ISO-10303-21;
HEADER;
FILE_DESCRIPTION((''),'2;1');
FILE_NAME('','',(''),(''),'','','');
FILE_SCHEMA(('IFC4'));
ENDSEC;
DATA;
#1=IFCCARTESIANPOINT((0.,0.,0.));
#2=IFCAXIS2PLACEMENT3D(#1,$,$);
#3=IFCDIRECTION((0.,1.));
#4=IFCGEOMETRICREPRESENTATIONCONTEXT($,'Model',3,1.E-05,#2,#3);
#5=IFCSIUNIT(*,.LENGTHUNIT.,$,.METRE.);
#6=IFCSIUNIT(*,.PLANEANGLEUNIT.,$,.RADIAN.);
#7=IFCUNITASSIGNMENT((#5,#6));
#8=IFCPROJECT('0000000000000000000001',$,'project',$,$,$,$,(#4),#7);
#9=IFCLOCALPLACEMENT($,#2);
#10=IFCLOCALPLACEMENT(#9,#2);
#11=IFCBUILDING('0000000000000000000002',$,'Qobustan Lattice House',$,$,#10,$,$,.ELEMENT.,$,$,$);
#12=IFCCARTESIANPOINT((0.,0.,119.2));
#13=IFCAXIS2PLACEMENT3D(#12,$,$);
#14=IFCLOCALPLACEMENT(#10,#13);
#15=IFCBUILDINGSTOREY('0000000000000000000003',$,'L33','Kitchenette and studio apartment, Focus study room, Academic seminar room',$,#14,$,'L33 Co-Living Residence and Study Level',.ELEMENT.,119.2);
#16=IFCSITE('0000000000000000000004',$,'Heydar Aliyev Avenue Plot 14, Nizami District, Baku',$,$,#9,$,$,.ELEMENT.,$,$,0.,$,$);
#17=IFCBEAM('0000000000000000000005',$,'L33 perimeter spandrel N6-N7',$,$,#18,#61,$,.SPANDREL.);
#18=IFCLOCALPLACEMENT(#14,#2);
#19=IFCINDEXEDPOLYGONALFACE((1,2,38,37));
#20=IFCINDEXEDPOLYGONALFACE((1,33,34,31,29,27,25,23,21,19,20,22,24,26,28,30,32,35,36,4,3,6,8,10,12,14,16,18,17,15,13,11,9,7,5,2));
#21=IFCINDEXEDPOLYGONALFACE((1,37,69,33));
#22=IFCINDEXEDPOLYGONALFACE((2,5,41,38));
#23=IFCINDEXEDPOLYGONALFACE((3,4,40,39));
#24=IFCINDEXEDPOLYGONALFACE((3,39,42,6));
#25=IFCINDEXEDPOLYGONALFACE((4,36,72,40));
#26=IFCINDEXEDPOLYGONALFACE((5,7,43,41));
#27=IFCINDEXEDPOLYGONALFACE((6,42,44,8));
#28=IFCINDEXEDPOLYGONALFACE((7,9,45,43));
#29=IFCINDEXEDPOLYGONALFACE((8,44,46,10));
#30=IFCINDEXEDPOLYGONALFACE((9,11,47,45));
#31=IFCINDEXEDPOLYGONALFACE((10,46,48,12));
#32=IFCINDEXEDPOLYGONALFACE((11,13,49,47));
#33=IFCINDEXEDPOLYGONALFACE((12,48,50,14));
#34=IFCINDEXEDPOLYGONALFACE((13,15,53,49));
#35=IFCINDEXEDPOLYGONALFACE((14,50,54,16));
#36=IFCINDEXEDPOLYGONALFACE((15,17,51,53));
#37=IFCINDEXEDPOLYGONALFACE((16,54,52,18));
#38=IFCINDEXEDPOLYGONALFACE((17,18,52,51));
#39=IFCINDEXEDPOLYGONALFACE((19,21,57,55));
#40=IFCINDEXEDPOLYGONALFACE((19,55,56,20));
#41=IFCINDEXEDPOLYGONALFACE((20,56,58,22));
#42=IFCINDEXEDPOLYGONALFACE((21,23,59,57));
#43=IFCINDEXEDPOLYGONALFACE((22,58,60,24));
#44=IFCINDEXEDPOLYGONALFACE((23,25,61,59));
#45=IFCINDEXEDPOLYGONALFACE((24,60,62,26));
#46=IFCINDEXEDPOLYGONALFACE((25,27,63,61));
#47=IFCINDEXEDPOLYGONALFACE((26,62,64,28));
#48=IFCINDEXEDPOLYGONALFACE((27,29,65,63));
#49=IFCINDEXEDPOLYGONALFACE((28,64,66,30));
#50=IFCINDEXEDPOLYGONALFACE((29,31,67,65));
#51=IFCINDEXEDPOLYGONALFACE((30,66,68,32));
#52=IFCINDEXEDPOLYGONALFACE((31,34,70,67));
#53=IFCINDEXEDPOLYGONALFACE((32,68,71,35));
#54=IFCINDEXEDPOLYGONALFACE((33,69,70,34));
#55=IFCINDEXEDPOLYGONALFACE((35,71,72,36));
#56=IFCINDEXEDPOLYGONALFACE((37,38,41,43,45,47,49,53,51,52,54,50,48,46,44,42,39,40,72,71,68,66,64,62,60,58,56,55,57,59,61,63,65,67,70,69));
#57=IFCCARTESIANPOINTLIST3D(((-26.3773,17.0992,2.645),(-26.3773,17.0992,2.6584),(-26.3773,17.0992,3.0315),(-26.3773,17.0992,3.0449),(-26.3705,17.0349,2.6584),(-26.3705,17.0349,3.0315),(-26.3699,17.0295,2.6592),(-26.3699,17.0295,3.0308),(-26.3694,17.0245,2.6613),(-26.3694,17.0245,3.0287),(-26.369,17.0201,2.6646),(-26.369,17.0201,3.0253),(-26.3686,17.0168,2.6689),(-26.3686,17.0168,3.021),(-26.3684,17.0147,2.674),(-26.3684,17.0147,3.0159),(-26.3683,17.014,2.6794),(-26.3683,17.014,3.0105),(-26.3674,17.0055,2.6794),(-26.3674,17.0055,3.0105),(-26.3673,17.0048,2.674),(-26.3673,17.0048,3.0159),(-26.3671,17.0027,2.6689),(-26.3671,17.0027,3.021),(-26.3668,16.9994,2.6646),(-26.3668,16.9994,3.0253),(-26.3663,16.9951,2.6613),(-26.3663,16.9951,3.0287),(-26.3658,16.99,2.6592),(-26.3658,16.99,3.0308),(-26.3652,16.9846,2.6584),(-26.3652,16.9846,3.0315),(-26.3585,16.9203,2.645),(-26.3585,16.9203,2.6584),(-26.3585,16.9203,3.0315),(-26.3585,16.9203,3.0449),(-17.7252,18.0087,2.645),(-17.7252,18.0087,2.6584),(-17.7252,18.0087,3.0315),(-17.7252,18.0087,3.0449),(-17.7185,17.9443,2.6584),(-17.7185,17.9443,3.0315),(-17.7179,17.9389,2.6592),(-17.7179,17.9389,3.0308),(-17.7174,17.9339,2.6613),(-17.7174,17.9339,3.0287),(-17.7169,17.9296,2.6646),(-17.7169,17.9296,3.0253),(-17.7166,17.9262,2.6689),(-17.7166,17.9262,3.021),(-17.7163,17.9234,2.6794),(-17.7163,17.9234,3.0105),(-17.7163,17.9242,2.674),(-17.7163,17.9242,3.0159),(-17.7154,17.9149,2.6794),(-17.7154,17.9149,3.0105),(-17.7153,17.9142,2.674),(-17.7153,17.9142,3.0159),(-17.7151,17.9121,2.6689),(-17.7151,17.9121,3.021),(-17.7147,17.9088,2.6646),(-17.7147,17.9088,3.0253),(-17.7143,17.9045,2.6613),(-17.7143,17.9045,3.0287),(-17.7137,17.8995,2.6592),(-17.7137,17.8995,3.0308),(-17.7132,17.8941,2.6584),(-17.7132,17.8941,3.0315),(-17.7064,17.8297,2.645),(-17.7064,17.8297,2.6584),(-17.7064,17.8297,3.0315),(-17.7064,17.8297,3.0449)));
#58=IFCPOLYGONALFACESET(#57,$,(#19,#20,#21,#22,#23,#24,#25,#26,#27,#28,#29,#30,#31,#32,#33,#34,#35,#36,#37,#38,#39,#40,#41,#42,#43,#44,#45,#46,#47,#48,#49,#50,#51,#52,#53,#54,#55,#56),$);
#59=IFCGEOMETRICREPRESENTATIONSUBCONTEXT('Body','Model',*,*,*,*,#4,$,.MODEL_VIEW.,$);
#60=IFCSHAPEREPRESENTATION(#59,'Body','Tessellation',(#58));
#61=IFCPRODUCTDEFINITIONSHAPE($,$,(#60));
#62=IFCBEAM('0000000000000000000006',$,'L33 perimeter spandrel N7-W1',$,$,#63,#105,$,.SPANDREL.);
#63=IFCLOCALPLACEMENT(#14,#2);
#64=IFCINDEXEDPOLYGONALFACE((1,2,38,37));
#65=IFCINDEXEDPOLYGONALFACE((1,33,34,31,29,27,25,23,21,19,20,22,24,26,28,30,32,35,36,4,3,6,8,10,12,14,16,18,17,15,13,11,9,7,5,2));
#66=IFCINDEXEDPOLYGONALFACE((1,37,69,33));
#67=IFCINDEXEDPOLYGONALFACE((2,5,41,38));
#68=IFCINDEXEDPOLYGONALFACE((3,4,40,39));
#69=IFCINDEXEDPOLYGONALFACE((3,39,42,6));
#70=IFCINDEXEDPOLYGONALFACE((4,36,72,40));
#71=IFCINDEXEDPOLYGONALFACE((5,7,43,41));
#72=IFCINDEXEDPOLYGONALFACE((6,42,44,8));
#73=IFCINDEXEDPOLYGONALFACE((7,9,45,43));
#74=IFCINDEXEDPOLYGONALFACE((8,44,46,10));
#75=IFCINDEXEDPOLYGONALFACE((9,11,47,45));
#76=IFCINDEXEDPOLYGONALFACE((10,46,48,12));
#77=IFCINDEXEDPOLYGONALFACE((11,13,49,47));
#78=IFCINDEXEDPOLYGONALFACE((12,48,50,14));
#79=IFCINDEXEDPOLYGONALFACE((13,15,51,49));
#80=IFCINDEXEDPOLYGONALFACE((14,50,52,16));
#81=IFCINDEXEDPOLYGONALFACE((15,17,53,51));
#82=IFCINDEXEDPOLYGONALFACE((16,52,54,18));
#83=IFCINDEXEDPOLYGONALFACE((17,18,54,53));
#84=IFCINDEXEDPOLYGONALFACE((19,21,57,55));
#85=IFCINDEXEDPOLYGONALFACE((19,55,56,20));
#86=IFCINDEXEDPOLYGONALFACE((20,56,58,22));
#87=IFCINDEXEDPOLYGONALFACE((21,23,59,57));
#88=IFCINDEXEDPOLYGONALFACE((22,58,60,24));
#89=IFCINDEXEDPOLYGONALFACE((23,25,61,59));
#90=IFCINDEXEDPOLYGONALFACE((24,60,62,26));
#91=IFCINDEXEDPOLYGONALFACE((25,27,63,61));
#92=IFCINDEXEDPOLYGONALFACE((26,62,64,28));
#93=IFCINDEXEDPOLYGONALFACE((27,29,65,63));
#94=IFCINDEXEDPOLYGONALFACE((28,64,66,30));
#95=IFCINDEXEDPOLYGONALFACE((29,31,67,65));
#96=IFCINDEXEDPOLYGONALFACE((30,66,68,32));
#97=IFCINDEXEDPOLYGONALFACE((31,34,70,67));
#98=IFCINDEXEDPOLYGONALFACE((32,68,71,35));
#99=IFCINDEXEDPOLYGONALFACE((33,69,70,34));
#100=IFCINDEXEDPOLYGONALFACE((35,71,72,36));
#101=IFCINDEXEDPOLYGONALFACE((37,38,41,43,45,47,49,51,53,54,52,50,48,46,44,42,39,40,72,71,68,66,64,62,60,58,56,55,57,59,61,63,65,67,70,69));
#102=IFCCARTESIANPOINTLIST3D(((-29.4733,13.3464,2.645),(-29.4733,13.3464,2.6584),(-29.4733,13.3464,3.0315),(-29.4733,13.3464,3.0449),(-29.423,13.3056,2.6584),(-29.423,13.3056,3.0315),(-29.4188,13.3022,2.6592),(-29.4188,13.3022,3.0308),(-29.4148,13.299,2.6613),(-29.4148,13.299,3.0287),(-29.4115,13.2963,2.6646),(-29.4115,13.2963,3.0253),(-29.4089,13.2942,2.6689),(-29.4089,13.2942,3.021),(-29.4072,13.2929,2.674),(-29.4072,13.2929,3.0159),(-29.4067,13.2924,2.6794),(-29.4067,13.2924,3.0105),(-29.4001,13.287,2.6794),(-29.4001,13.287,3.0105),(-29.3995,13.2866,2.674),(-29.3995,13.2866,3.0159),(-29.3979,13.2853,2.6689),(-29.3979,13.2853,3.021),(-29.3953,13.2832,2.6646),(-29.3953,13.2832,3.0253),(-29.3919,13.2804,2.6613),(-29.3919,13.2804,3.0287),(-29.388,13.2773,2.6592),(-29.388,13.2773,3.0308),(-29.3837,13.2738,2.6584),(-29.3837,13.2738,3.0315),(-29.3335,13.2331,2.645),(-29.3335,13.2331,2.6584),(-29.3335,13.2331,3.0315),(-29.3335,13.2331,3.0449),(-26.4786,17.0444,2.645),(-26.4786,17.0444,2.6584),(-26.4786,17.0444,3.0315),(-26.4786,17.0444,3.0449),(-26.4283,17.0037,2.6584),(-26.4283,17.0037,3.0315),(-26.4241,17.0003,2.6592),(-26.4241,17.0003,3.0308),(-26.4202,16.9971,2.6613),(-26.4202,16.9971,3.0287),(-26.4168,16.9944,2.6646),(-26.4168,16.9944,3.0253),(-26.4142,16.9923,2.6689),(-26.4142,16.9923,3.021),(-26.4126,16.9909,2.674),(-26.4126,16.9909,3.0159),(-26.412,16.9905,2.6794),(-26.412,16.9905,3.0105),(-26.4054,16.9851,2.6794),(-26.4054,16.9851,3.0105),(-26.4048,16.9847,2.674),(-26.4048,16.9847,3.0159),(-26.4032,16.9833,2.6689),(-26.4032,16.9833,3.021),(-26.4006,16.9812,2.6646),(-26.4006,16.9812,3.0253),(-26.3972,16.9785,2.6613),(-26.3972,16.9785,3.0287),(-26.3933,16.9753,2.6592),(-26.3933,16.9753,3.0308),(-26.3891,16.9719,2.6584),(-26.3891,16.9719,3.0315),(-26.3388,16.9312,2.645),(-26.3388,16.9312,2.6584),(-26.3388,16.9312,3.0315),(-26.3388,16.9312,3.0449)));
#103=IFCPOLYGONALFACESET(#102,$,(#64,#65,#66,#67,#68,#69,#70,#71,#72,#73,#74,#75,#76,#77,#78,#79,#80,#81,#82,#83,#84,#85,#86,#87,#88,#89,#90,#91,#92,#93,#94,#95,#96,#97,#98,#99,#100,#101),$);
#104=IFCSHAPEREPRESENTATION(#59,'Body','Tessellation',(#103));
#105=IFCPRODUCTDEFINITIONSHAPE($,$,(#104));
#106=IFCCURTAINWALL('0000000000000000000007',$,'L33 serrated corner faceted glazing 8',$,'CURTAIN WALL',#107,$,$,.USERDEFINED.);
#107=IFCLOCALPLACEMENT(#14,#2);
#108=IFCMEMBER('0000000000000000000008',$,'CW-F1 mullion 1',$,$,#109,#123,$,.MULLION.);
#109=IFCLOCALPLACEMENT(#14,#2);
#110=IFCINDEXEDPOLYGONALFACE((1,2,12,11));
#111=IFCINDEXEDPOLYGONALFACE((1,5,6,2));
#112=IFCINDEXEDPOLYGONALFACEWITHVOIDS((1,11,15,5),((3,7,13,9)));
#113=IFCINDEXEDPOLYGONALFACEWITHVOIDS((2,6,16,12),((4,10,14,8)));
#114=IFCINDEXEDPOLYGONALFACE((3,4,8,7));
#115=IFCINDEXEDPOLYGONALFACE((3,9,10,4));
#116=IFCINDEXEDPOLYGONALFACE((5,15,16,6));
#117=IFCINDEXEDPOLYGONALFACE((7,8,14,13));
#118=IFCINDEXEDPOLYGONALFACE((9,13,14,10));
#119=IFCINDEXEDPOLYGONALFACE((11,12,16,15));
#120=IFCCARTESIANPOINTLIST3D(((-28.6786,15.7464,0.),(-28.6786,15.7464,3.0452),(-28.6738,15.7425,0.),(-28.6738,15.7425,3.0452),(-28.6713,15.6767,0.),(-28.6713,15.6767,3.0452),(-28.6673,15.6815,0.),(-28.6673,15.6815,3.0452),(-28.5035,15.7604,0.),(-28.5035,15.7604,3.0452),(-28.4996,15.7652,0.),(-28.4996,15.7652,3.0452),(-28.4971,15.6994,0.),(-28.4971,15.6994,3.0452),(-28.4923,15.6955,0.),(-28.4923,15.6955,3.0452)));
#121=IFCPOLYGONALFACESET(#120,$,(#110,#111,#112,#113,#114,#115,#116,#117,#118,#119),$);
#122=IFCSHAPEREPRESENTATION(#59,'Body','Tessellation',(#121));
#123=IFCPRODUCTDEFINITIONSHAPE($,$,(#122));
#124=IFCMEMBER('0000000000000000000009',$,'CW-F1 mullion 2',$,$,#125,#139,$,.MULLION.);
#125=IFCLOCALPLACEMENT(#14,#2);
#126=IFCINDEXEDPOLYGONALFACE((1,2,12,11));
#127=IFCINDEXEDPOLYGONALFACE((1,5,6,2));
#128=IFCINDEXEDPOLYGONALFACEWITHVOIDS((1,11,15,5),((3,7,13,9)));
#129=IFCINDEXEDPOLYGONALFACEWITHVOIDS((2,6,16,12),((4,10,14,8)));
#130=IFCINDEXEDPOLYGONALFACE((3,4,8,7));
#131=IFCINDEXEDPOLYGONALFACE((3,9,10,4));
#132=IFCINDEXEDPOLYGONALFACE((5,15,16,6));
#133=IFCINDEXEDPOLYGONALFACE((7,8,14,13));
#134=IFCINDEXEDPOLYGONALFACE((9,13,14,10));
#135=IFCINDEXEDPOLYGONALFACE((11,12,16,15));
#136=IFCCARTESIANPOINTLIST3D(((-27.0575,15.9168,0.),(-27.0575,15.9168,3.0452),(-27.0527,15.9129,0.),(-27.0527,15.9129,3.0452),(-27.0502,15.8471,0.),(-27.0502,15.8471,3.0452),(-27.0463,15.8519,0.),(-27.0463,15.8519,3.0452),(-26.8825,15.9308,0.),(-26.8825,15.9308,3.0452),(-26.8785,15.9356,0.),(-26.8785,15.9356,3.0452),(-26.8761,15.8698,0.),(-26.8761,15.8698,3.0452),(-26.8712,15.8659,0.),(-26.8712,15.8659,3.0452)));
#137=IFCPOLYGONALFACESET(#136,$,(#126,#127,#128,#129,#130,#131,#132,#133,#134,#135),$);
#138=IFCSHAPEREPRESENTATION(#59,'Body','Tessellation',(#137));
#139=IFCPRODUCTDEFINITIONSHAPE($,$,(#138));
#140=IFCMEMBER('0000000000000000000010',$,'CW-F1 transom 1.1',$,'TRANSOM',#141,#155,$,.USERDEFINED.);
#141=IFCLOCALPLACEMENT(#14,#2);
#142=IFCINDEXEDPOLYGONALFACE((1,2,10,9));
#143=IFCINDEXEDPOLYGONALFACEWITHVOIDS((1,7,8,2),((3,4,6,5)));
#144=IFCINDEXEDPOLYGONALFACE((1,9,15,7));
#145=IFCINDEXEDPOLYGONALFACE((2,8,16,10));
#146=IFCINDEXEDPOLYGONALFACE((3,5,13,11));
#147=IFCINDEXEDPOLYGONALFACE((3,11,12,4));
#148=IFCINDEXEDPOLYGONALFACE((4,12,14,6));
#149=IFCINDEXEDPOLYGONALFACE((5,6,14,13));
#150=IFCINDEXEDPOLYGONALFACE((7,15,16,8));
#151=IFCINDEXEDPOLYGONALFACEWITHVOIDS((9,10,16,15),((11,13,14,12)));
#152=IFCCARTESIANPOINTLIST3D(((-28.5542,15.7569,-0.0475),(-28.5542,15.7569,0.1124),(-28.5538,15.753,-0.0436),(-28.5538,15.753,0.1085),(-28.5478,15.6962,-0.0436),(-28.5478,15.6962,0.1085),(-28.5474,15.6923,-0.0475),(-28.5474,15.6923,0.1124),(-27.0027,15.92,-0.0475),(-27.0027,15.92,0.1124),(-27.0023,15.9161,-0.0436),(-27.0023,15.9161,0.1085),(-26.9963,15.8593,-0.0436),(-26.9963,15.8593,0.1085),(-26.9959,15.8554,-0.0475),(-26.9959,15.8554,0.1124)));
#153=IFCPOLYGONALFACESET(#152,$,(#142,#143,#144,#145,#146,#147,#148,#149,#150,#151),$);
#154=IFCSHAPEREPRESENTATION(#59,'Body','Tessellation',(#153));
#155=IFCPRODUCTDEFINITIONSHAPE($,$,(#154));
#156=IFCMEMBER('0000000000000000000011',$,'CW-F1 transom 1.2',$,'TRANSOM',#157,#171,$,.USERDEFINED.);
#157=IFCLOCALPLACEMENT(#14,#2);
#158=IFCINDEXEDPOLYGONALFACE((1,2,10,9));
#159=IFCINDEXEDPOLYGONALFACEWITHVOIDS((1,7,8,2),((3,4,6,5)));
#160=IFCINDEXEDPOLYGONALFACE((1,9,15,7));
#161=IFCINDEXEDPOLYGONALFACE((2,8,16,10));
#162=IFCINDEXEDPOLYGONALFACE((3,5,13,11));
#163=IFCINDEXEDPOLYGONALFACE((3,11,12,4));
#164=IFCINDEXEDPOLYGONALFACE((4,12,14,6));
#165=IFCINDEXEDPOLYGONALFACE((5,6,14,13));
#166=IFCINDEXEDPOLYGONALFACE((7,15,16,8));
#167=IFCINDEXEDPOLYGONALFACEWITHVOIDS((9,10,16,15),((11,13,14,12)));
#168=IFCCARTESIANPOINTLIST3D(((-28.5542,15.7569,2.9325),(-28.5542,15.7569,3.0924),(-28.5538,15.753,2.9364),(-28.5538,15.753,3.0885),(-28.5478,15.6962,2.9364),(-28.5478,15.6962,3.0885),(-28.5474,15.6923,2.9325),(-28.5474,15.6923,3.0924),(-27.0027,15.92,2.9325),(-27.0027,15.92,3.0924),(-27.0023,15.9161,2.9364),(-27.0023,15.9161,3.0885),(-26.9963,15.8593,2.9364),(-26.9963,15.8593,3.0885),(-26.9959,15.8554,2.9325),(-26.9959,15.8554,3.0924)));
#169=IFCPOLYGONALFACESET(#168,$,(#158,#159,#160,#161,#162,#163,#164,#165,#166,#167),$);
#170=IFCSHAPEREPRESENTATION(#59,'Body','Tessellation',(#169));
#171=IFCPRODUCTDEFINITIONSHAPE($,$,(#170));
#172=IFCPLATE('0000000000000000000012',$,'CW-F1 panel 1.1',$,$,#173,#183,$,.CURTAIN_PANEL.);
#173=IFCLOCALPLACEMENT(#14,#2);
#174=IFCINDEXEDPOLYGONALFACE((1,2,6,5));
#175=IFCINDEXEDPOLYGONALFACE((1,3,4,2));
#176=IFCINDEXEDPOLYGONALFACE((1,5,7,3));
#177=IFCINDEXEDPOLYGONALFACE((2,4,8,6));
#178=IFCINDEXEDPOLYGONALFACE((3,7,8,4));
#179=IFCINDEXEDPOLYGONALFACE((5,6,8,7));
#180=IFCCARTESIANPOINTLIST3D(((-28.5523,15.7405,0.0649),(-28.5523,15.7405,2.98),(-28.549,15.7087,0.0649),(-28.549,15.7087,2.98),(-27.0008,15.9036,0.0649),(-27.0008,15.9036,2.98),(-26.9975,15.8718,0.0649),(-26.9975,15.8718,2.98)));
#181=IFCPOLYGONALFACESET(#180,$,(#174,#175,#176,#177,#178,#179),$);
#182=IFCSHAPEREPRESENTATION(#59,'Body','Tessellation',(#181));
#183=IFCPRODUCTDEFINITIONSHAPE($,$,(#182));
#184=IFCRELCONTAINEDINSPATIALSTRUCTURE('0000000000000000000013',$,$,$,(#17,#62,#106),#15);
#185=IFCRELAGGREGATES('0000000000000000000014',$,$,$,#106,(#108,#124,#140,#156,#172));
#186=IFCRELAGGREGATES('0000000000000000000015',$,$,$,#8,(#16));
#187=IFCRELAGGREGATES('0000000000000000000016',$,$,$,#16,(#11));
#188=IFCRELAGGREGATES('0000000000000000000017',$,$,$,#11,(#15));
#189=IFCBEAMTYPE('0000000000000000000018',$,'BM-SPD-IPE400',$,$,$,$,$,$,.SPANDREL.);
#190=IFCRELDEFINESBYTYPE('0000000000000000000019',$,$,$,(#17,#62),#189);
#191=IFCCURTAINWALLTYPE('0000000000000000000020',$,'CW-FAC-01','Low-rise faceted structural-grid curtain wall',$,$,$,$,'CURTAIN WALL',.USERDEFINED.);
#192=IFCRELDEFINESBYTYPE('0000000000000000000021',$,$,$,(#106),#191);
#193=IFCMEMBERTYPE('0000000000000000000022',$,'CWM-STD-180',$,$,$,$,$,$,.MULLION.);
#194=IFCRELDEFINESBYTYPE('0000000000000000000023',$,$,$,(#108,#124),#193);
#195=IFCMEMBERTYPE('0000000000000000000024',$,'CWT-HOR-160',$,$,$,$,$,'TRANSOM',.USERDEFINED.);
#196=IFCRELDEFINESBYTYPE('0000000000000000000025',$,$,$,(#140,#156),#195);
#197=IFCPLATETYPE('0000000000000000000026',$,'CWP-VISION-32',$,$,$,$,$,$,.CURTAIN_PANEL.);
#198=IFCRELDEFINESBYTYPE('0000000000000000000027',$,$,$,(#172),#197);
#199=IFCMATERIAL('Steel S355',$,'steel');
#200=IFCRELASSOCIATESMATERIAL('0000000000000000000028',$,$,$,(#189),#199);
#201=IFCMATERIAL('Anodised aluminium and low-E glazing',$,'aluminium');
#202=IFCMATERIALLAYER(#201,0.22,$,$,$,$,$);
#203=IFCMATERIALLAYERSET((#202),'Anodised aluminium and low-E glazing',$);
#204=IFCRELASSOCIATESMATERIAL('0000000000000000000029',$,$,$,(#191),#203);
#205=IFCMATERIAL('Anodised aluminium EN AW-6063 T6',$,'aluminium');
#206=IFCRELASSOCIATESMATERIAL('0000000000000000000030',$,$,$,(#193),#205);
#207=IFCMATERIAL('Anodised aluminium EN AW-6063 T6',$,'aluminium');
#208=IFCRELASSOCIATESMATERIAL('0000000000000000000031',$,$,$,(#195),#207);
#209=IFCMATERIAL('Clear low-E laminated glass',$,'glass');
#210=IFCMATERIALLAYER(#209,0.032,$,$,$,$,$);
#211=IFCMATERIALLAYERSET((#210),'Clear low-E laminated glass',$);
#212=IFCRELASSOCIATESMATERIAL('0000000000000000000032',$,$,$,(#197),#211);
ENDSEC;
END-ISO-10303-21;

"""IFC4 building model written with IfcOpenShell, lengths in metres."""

from ifc_helpers import new_model, si_unit, direction, frame, origin, origin_2d, place, context, subcontext, project, spatial, rectangle, hollow_rectangle, i_section, extrude, material, layer, layer_set, material_profile, profile_set, type_object, element, aggregate, save


model = new_model("IFC4")

# Units and contexts
model_context = context("Model", 3, precision=1e-05, world=origin(), true_north=direction((0.0, 1.0)))
body_context = subcontext(model_context, "Body", "Model", "MODEL_VIEW")
ifc_project = project(units=[si_unit("LENGTHUNIT", "METRE"), si_unit("PLANEANGLEUNIT", "RADIAN")], contexts=[model_context])

# Site, building, storey
site_placement = place(None, origin())
site = spatial("IfcSite", under=ifc_project, at=site_placement, Name="Heydar Aliyev Avenue Plot 14, Nizami District, Baku", CompositionType="ELEMENT", RefElevation=0.0)
building_placement = place(site_placement, origin())
building = spatial("IfcBuilding", under=site, at=building_placement, Name="Qobustan Lattice House", CompositionType="ELEMENT")
storey_placement = place(building_placement, frame((0.0, 0.0, 119.2)))
storey = spatial("IfcBuildingStorey", under=building, at=storey_placement, Name="L33", Description="Kitchenette and studio apartment, Focus study room, Academic seminar room", LongName="L33 Co-Living Residence and Study Level", CompositionType="ELEMENT", Elevation=119.2)

# Beams
ifc_material_1 = material(Name="Steel S355", Category="steel")
ifc_material_profile_1 = material_profile(ifc_material_1, i_section(OverallWidth=0.1799, OverallDepth=0.3999, WebThickness=0.0085, FlangeThickness=0.0134, FilletRadius=0.021, at=origin_2d()), Name="IPE400")
ifc_profile_set_1 = profile_set([ifc_material_profile_1], Name="Steel S355")
beam_type_1 = type_object("IfcBeamType", Name="BM-SPD-IPE400", PredefinedType="SPANDREL", material=ifc_profile_set_1)
beam_1_placement = place(storey_placement, frame((-17.7158, 17.9192, 2.845), z_axis=(-0.994521, -0.104534, 0.0), x_axis=(0.104534, -0.994521, 0.0)))
element("IfcBeam", 1, at=beam_1_placement, inside=storey, type_object=beam_type_1, Name="L33 perimeter spandrel N6-N7", PredefinedType="SPANDREL", context=body_context, shape_type="SweptSolid", body=[
    extrude(i_section(OverallWidth=0.1799, OverallDepth=0.3999, WebThickness=0.0085, FlangeThickness=0.0134, FilletRadius=0.021, at=origin_2d()), origin(), (0.0, 0.0, 1.0), 8.6997),
])
beam_2_placement = place(storey_placement, frame((-26.4087, 16.9878, 2.845), z_axis=(-0.629327, -0.777141, 0.0), x_axis=(0.777141, -0.629327, 0.0)))
element("IfcBeam", 2, at=beam_2_placement, inside=storey, type_object=beam_type_1, Name="L33 perimeter spandrel N7-W1", PredefinedType="SPANDREL", context=body_context, shape_type="SweptSolid", body=[
    extrude(i_section(OverallWidth=0.1799, OverallDepth=0.3999, WebThickness=0.0085, FlangeThickness=0.0134, FilletRadius=0.021, at=origin_2d()), origin(), (0.0, 0.0, 1.0), 4.7585),
])

# Curtain wall, members, plate
ifc_material_2 = material(Name="Anodised aluminium and low-E glazing", Category="aluminium")
ifc_layer_1 = layer(ifc_material_2, 0.22)
ifc_layer_set_1 = layer_set([ifc_layer_1], Name="Anodised aluminium and low-E glazing")
curtain_wall_type = type_object("IfcCurtainWallType", Name="CW-FAC-01", Description="Low-rise faceted structural-grid curtain wall", ElementType="CURTAIN WALL", PredefinedType="USERDEFINED", material=ifc_layer_set_1)
curtain_wall_placement = place(storey_placement, origin())
curtain_wall = element("IfcCurtainWall", 3, at=curtain_wall_placement, inside=storey, type_object=curtain_wall_type, Name="L33 serrated corner faceted glazing 8", ObjectType="CURTAIN WALL", PredefinedType="USERDEFINED")
ifc_material_3 = material(Name="Anodised aluminium EN AW-6063 T6", Category="aluminium")
ifc_material_profile_2 = material_profile(ifc_material_3, hollow_rectangle(XDim=0.0701, YDim=0.1799, WallThickness=0.0044, at=origin_2d()), Name="CWM-180x70")
ifc_profile_set_2 = profile_set([ifc_material_profile_2], Name="Anodised aluminium EN AW-6063 T6")
member_type_1 = type_object("IfcMemberType", Name="CWM-STD-180", PredefinedType="MULLION", material=ifc_profile_set_2)
member_1_placement = place(storey_placement, frame((-28.5854, 15.7209, 0.0), z_axis=(0.0, 0.0, 1.0), x_axis=(-0.104529, 0.994522, 0.0)))
member_1 = element("IfcMember", 4, at=member_1_placement, type_object=member_type_1, Name="CW-F1 mullion 1", PredefinedType="MULLION", context=body_context, shape_type="SweptSolid", body=[
    extrude(hollow_rectangle(XDim=0.0701, YDim=0.1799, WallThickness=0.0044, at=origin_2d()), origin(), (0.0, 0.0, 1.0), 3.0452),
])
member_2_placement = place(storey_placement, frame((-26.9644, 15.8914, 0.0), z_axis=(0.0, 0.0, 1.0), x_axis=(-0.104529, 0.994522, 0.0)))
member_2 = element("IfcMember", 5, at=member_2_placement, type_object=member_type_1, Name="CW-F1 mullion 2", PredefinedType="MULLION", context=body_context, shape_type="SweptSolid", body=[
    extrude(hollow_rectangle(XDim=0.0701, YDim=0.1799, WallThickness=0.0044, at=origin_2d()), origin(), (0.0, 0.0, 1.0), 3.0452),
])
ifc_material_4 = material(Name="Anodised aluminium EN AW-6063 T6", Category="aluminium")
ifc_material_profile_3 = material_profile(ifc_material_4, hollow_rectangle(XDim=0.0649, YDim=0.1599, WallThickness=0.0039, at=origin_2d()), Name="CWT-160x65")
ifc_profile_set_3 = profile_set([ifc_material_profile_3], Name="Anodised aluminium EN AW-6063 T6")
member_type_2 = type_object("IfcMemberType", Name="CWT-HOR-160", ElementType="TRANSOM", PredefinedType="USERDEFINED", material=ifc_profile_set_3)
member_3_placement = place(storey_placement, frame((-28.5508, 15.7246, 0.0325), z_axis=(0.994521, 0.104538, 0.0), x_axis=(-0.104538, 0.994521, 0.0)))
member_3 = element("IfcMember", 6, at=member_3_placement, type_object=member_type_2, Name="CW-F1 transom 1.1", ObjectType="TRANSOM", PredefinedType="USERDEFINED", context=body_context, shape_type="SweptSolid", body=[
    extrude(hollow_rectangle(XDim=0.0649, YDim=0.1599, WallThickness=0.0039, at=origin_2d()), origin(), (0.0, 0.0, 1.0), 1.5601),
])
member_4_placement = place(storey_placement, frame((-28.5508, 15.7246, 3.0125), z_axis=(0.994521, 0.104538, 0.0), x_axis=(-0.104538, 0.994521, 0.0)))
member_4 = element("IfcMember", 7, at=member_4_placement, type_object=member_type_2, Name="CW-F1 transom 1.2", ObjectType="TRANSOM", PredefinedType="USERDEFINED", context=body_context, shape_type="SweptSolid", body=[
    extrude(hollow_rectangle(XDim=0.0649, YDim=0.1599, WallThickness=0.0039, at=origin_2d()), origin(), (0.0, 0.0, 1.0), 1.5601),
])
ifc_material_5 = material(Name="Clear low-E laminated glass", Category="glass")
ifc_layer_2 = layer(ifc_material_5, 0.032)
ifc_layer_set_2 = layer_set([ifc_layer_2], Name="Clear low-E laminated glass")
plate_type_1 = type_object("IfcPlateType", Name="CWP-VISION-32", PredefinedType="CURTAIN_PANEL", material=ifc_layer_set_2)
plate_1_placement = place(storey_placement, frame((-27.7749, 15.8062, 0.0649), z_axis=(0.0, 0.0, 1.0), x_axis=(0.994522, 0.104529, 0.0)))
plate_1 = element("IfcPlate", 8, at=plate_1_placement, type_object=plate_type_1, Name="CW-F1 panel 1.1", PredefinedType="CURTAIN_PANEL", context=body_context, shape_type="SweptSolid", body=[
    extrude(rectangle(XDim=1.5601, YDim=0.032, at=origin_2d()), origin(), (0.0, 0.0, 1.0), 2.915),
])
aggregate(curtain_wall, [member_1, member_2, member_3, member_4, plate_1])

save(model, "model.ifc")
